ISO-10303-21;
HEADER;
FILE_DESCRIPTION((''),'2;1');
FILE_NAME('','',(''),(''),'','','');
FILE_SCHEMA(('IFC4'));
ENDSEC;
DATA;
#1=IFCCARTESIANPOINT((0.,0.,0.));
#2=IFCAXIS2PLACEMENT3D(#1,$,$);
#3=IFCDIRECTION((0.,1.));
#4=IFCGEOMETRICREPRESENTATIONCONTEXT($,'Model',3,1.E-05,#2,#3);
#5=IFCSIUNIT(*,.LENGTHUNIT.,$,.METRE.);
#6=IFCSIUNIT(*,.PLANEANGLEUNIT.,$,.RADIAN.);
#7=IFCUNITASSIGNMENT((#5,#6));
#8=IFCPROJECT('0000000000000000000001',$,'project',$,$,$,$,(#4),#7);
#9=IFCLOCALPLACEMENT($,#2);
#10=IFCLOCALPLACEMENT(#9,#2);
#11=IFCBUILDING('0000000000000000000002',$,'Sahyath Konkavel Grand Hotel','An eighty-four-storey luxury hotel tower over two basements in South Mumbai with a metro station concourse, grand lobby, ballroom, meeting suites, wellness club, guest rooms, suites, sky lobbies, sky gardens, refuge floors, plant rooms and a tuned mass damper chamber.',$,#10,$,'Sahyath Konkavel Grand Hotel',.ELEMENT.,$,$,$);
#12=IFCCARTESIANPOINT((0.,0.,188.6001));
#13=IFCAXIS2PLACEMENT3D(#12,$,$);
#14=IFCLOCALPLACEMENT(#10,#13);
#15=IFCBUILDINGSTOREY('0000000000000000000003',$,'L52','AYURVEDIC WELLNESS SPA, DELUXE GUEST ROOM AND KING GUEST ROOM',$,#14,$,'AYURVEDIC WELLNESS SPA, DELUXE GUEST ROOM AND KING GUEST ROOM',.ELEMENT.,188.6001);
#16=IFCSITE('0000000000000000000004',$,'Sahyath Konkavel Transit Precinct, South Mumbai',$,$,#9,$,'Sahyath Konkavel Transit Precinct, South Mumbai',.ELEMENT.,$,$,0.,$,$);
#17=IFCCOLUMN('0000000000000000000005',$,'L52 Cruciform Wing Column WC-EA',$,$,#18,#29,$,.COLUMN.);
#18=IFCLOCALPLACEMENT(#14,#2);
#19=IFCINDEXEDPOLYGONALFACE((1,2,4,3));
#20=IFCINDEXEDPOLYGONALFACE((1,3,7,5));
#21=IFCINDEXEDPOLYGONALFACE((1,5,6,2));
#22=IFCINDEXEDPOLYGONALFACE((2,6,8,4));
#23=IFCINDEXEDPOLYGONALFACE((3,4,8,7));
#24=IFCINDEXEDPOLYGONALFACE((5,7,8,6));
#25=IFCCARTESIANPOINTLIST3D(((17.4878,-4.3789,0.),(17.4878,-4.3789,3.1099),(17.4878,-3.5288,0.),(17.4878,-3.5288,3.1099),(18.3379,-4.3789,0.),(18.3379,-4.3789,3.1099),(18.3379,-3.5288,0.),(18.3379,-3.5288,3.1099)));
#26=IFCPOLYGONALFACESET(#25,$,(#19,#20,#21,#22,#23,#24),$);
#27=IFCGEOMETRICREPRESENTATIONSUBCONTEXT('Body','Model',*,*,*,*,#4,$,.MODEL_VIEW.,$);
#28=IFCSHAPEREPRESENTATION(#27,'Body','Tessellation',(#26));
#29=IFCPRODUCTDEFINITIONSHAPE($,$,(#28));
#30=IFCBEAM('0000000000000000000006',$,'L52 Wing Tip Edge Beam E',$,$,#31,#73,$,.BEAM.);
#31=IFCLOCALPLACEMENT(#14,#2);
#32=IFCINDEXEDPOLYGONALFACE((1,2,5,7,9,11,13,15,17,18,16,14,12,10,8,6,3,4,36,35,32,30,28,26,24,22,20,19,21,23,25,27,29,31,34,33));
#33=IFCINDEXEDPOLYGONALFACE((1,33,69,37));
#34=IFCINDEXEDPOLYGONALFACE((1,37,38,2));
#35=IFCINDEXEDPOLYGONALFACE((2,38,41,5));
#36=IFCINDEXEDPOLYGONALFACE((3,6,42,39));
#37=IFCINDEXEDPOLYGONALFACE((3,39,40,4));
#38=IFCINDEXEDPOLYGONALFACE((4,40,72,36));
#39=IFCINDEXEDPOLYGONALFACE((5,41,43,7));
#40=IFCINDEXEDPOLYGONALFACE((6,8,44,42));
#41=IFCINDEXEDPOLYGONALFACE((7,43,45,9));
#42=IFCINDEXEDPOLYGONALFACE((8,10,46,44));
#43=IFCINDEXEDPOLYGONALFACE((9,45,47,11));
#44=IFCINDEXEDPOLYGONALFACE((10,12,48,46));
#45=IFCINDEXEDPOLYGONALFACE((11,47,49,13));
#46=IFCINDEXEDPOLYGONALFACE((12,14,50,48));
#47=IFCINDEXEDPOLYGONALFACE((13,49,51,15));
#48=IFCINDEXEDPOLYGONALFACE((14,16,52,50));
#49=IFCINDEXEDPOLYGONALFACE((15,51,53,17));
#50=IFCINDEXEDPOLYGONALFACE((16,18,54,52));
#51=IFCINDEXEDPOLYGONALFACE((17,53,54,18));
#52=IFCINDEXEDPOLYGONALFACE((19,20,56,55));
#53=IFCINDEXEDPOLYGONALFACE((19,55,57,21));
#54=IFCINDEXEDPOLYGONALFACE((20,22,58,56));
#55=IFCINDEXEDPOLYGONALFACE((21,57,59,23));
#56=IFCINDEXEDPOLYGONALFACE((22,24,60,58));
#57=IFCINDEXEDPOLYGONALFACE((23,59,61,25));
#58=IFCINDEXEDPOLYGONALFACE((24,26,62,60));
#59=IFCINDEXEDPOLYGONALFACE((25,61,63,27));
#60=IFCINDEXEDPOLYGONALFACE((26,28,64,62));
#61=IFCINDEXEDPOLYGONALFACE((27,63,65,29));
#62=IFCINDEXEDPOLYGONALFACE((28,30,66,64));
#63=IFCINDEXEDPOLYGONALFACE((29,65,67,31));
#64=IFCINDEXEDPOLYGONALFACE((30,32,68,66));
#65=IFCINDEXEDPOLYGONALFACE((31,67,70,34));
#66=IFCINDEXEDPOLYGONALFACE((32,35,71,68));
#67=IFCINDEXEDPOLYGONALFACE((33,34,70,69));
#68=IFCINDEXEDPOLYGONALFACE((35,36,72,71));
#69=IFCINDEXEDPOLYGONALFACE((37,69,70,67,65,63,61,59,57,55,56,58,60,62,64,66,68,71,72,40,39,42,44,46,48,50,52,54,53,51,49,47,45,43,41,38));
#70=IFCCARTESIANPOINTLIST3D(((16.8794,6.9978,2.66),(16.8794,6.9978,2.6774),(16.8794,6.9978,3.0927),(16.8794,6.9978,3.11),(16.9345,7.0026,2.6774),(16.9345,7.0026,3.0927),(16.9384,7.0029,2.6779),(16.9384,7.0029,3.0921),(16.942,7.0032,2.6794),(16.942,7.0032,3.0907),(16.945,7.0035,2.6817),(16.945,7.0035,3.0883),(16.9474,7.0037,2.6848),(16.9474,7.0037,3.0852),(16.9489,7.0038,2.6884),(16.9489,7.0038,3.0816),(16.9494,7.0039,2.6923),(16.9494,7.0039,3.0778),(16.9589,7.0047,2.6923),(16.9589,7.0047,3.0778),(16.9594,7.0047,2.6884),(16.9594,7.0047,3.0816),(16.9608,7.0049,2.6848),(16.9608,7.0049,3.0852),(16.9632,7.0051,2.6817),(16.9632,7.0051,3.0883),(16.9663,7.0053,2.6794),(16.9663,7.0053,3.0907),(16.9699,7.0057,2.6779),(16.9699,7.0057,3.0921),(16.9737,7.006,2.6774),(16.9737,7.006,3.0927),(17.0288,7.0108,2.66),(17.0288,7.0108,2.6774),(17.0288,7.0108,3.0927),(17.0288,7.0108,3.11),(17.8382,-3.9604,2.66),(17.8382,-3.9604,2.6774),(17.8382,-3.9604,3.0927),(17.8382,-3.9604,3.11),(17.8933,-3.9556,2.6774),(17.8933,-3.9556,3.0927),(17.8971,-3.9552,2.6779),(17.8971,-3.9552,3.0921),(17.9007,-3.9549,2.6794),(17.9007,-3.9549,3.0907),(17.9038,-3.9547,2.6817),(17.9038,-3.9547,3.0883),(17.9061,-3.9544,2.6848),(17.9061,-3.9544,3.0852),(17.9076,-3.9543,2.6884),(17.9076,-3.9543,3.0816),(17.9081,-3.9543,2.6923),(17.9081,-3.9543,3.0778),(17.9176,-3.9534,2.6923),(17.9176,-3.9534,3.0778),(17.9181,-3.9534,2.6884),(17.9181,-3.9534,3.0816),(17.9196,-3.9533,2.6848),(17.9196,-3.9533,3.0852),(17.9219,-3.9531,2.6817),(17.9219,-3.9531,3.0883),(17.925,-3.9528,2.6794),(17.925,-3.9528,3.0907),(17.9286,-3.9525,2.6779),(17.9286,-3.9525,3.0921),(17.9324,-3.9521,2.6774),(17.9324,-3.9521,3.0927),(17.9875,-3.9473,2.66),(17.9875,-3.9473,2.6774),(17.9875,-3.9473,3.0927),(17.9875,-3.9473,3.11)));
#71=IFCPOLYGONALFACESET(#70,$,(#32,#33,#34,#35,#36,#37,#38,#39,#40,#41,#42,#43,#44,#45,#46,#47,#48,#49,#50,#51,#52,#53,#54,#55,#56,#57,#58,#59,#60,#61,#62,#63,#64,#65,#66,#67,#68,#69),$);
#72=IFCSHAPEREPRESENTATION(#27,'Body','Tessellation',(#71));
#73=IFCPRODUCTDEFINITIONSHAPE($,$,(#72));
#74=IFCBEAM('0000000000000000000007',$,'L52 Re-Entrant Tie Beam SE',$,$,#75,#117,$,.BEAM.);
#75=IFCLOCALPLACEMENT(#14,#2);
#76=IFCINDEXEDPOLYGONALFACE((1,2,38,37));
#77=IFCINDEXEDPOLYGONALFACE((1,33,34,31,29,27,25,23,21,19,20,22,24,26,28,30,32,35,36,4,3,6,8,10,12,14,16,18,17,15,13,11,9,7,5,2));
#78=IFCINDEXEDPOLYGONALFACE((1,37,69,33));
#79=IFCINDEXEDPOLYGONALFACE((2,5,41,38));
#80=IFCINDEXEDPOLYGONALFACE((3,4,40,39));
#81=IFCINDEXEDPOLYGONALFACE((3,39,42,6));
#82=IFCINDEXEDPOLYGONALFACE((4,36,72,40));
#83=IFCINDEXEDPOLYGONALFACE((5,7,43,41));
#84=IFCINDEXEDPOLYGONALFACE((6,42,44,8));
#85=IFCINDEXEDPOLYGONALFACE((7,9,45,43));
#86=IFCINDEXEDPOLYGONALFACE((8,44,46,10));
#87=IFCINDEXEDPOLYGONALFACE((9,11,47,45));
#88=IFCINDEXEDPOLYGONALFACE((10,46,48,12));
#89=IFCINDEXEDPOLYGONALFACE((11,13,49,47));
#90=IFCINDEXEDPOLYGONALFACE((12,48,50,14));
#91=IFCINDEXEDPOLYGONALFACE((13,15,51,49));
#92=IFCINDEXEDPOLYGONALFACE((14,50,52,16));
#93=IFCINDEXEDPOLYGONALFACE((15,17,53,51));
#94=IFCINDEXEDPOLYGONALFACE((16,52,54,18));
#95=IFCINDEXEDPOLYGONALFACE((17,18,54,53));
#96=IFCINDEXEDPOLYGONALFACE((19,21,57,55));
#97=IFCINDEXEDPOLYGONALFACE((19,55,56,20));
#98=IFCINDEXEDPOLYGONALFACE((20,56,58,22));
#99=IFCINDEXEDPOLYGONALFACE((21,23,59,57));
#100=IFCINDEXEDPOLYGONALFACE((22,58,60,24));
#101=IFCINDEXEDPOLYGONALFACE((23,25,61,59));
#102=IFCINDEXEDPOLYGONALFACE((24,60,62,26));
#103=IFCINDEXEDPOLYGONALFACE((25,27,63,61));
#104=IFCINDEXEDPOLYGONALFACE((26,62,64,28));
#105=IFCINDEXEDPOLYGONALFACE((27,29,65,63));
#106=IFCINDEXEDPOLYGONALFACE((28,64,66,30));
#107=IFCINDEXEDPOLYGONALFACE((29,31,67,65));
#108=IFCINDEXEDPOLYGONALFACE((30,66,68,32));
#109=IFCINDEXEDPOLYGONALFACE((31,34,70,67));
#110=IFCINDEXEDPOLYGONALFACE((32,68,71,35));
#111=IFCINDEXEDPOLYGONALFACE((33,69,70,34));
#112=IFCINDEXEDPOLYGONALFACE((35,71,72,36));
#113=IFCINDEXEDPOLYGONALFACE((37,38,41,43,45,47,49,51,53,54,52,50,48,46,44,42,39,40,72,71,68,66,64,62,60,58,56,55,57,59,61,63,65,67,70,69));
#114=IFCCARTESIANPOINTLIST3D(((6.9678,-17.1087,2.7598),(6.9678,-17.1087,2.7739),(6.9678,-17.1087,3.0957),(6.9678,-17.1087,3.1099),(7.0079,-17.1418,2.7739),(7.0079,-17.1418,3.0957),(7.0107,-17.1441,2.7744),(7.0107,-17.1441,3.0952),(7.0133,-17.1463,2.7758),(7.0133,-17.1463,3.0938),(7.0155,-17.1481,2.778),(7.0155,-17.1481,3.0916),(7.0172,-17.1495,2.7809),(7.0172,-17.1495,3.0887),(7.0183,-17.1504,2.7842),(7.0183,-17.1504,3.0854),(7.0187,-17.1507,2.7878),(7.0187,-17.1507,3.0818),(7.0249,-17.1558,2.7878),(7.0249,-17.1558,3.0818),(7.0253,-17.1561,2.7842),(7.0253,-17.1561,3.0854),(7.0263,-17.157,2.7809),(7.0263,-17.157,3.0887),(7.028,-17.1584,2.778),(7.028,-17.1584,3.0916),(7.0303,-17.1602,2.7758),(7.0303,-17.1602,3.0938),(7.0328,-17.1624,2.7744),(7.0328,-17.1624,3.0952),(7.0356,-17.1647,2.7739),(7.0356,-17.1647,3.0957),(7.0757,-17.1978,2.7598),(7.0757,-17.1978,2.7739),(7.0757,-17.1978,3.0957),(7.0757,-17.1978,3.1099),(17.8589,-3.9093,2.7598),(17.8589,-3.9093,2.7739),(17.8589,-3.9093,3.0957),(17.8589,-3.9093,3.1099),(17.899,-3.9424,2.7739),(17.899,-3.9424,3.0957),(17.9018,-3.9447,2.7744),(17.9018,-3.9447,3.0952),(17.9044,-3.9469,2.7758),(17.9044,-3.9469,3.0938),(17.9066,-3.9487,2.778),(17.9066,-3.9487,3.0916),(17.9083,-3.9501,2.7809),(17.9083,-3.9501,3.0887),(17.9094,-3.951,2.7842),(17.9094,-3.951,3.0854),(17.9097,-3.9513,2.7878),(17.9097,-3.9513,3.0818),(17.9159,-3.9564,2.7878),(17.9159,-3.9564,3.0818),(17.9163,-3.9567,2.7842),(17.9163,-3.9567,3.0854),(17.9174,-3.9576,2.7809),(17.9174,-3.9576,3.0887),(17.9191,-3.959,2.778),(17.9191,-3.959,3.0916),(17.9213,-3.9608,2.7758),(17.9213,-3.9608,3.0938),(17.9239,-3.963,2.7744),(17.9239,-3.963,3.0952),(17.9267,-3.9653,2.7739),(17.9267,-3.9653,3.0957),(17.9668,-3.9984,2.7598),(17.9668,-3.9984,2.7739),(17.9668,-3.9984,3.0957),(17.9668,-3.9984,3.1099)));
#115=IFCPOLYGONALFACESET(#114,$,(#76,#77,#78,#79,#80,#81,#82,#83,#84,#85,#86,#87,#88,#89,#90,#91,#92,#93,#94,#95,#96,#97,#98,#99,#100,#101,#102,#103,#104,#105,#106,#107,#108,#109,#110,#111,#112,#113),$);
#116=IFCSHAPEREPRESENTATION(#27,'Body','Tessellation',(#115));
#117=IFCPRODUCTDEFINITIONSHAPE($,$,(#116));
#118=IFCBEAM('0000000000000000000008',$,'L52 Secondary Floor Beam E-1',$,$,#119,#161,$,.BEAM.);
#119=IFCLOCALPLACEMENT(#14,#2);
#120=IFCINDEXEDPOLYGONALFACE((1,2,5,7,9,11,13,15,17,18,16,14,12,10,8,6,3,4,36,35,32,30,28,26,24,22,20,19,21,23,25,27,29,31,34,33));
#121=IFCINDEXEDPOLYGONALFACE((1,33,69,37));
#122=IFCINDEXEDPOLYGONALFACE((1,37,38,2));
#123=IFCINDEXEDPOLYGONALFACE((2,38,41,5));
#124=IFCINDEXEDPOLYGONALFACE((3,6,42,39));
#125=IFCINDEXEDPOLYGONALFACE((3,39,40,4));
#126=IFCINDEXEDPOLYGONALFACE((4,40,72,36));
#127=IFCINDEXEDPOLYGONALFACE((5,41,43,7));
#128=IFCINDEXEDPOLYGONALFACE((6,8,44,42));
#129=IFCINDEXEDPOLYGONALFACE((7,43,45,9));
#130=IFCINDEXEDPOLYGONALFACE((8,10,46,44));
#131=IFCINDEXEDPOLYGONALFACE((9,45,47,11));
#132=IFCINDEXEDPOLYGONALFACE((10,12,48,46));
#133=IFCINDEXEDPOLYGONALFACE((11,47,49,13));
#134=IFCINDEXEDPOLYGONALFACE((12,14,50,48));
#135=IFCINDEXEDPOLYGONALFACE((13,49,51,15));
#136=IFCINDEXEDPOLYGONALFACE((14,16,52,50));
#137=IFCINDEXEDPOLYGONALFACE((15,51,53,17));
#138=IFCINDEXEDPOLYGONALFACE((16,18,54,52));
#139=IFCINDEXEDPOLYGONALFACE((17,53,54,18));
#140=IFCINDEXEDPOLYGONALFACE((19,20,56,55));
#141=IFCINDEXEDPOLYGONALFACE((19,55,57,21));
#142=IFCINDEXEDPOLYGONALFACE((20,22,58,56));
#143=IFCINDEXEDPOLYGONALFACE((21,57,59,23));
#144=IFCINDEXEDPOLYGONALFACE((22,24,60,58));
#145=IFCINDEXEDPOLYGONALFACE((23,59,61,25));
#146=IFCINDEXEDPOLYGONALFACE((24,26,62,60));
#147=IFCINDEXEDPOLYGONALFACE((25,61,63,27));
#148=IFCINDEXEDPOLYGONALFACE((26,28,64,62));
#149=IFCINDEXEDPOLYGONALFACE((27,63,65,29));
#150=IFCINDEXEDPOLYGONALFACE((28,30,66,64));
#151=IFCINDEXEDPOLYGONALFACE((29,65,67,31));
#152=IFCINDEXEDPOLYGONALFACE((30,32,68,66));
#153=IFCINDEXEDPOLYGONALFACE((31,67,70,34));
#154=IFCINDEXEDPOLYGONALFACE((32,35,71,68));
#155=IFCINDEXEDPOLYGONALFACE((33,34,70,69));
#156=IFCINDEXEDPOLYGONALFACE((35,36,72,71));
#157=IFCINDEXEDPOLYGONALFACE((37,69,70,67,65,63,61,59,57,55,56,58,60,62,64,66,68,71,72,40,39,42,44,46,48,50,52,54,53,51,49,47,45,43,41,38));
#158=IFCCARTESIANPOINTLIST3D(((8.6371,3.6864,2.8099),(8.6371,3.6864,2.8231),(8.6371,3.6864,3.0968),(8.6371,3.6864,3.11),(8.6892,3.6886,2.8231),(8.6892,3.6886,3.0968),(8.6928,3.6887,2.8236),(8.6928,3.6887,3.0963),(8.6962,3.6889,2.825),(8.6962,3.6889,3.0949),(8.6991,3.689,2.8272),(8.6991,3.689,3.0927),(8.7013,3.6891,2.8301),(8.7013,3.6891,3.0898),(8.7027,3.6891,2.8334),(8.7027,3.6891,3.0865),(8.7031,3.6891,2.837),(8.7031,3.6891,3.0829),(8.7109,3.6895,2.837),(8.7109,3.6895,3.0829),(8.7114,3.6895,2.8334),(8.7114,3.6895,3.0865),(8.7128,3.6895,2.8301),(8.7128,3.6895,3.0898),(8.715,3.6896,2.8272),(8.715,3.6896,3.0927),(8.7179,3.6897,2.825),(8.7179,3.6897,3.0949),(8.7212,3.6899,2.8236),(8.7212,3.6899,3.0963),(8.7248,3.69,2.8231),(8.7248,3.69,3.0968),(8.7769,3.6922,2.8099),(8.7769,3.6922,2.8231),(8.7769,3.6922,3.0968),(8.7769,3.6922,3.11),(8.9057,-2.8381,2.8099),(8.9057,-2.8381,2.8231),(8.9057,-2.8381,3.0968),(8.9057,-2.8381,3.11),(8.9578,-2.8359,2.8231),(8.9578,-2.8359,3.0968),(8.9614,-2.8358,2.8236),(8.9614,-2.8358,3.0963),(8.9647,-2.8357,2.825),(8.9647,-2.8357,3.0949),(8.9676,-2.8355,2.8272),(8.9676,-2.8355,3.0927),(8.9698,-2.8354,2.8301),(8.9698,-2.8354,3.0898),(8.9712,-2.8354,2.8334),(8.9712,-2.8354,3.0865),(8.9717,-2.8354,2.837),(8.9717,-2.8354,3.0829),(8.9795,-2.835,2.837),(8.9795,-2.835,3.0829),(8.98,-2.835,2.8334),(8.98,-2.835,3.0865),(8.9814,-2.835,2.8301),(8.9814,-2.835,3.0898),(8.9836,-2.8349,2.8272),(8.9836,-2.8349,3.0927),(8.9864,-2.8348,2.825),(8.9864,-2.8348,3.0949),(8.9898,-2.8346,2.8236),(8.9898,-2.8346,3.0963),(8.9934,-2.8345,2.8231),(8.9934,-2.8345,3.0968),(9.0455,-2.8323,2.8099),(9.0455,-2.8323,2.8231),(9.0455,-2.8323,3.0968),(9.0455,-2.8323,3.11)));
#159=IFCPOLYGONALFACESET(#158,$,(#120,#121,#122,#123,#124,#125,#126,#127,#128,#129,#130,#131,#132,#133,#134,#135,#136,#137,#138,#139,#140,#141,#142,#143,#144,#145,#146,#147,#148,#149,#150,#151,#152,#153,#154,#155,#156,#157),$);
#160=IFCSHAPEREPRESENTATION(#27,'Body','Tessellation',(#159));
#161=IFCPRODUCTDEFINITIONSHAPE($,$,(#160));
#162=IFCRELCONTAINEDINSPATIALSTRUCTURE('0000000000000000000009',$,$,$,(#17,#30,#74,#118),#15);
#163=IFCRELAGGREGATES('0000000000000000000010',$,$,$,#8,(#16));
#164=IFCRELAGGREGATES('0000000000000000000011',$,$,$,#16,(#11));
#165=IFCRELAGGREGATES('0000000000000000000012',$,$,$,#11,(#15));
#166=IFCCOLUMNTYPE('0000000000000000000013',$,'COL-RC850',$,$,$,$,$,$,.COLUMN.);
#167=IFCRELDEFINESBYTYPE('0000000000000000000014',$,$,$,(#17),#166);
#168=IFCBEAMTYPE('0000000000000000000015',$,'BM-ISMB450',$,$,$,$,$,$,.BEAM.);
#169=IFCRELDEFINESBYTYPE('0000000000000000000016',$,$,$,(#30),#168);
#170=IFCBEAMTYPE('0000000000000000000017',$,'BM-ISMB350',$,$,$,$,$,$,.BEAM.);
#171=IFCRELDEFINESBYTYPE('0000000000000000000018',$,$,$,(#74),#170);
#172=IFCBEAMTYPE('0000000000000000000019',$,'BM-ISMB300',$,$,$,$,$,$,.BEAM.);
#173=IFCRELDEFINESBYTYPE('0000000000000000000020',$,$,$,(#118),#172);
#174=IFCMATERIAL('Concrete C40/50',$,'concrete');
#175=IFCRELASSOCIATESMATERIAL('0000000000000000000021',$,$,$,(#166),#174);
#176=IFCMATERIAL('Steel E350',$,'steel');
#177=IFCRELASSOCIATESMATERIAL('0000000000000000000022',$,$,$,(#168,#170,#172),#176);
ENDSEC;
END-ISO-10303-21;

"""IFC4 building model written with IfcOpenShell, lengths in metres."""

from ifc_helpers import new_model, si_unit, direction, frame, origin, origin_2d, place, context, subcontext, project, spatial, rectangle, i_section, extrude, source, transform, mapped, material, material_profile, profile_set, type_object, element, save


model = new_model("IFC4")

# Units and contexts
model_context = context("Model", 3, precision=1e-05, world=origin(), true_north=direction((0.0, 1.0)))
body_context = subcontext(model_context, "Body", "Model", "MODEL_VIEW")
ifc_project = project(units=[si_unit("LENGTHUNIT", "METRE"), si_unit("PLANEANGLEUNIT", "RADIAN")], contexts=[model_context])

# Site, building, storey
site_placement = place(None, origin())
site = spatial("IfcSite", under=ifc_project, at=site_placement, Name="Sahyath Konkavel Transit Precinct, South Mumbai", LongName="Sahyath Konkavel Transit Precinct, South Mumbai", CompositionType="ELEMENT", RefElevation=0.0)
building_placement = place(site_placement, origin())
building = spatial("IfcBuilding", under=site, at=building_placement, Name="Sahyath Konkavel Grand Hotel", Description="An eighty-four-storey luxury hotel tower over two basements in South Mumbai with a metro station concourse, grand lobby, ballroom, meeting suites, wellness club, guest rooms, suites, sky lobbies, sky gardens, refuge floors, plant rooms and a tuned mass damper chamber.", LongName="Sahyath Konkavel Grand Hotel", CompositionType="ELEMENT")
storey_placement = place(building_placement, frame((0.0, 0.0, 188.6001)))
storey = spatial("IfcBuildingStorey", under=building, at=storey_placement, Name="L52", Description="AYURVEDIC WELLNESS SPA, DELUXE GUEST ROOM AND KING GUEST ROOM", LongName="AYURVEDIC WELLNESS SPA, DELUXE GUEST ROOM AND KING GUEST ROOM", CompositionType="ELEMENT", Elevation=188.6001)

# Column
ifc_material_1 = material(Name="Concrete C40/50", Category="concrete")
ifc_material_profile_1 = material_profile(ifc_material_1, rectangle(XDim=0.8501, YDim=0.8501, at=origin_2d()), Name="RC 850x850")
ifc_profile_set_1 = profile_set([ifc_material_profile_1], Name="Concrete C40/50")
column_type = type_object("IfcColumnType", Name="COL-RC850", PredefinedType="COLUMN", material=ifc_profile_set_1)
shared_shape_1 = source(origin(), body_context, "Body", "SweptSolid", [
    extrude(rectangle(XDim=0.8501, YDim=0.8501, at=origin_2d()), origin(), (0.0, 0.0, 1.0), 3.1099),
])
column_placement = place(storey_placement, frame((17.9128, -3.9539, 0.0), z_axis=(0.0, 0.0, 1.0), x_axis=(1.0, 0.0, 0.0)))
element("IfcColumn", 1, at=column_placement, inside=storey, type_object=column_type, Name="L52 Cruciform Wing Column WC-EA", PredefinedType="COLUMN", context=body_context, shape_type="MappedRepresentation", body=[
    mapped(shared_shape_1, transform((0.0, 0.0, 0.0), scale=1.0)),
])

# Beams
ifc_material_2 = material(Name="Steel E350", Category="steel")
ifc_material_profile_2 = material_profile(ifc_material_2, i_section(OverallWidth=0.1499, OverallDepth=0.45, WebThickness=0.0095, FlangeThickness=0.0173, FilletRadius=0.0149, at=origin_2d()), Name="ISMB 450")
ifc_profile_set_2 = profile_set([ifc_material_profile_2], Name="Steel E350")
beam_type_1 = type_object("IfcBeamType", Name="BM-ISMB450", PredefinedType="BEAM", material=ifc_profile_set_2)
shared_shape_2 = source(origin(), body_context, "Body", "SweptSolid", [
    extrude(i_section(OverallWidth=0.1499, OverallDepth=0.45, WebThickness=0.0095, FlangeThickness=0.0173, FilletRadius=0.0149, at=origin_2d()), origin(), (0.0, 0.0, 1.0), 11.0),
])
beam_1_placement = place(storey_placement, frame((17.9128, -3.9539, 2.885), z_axis=(-0.087157, 0.996195, 0.0), x_axis=(-0.996195, -0.087157, 0.0)))
element("IfcBeam", 2, at=beam_1_placement, inside=storey, type_object=beam_type_1, Name="L52 Wing Tip Edge Beam E", PredefinedType="BEAM", context=body_context, shape_type="MappedRepresentation", body=[
    mapped(shared_shape_2, transform((0.0, 0.0, 0.0), scale=1.0)),
])
ifc_material_profile_3 = material_profile(ifc_material_2, i_section(OverallWidth=0.1399, OverallDepth=0.3501, WebThickness=0.0081, FlangeThickness=0.0142, FilletRadius=0.0139, at=origin_2d()), Name="ISMB 350")
ifc_profile_set_3 = profile_set([ifc_material_profile_3], Name="Steel E350")
beam_type_2 = type_object("IfcBeamType", Name="BM-ISMB350", PredefinedType="BEAM", material=ifc_profile_set_3)
shared_shape_3 = source(origin(), body_context, "Body", "SweptSolid", [
    extrude(i_section(OverallWidth=0.1399, OverallDepth=0.3501, WebThickness=0.0081, FlangeThickness=0.0142, FilletRadius=0.0139, at=origin_2d()), origin(), (0.0, 0.0, 1.0), 17.1125),
])
beam_2_placement = place(storey_placement, frame((17.9128, -3.9539, 2.9348), z_axis=(-0.636437, -0.771329, 0.0), x_axis=(0.771329, -0.636437, 0.0)))
element("IfcBeam", 3, at=beam_2_placement, inside=storey, type_object=beam_type_2, Name="L52 Re-Entrant Tie Beam SE", PredefinedType="BEAM", context=body_context, shape_type="MappedRepresentation", body=[
    mapped(shared_shape_3, transform((0.0, 0.0, 0.0), scale=1.0)),
])
ifc_material_profile_4 = material_profile(ifc_material_2, i_section(OverallWidth=0.1399, OverallDepth=0.3, WebThickness=0.0078, FlangeThickness=0.0132, FilletRadius=0.0139, at=origin_2d()), Name="ISMB 300")
ifc_profile_set_4 = profile_set([ifc_material_profile_4], Name="Steel E350")
beam_type_3 = type_object("IfcBeamType", Name="BM-ISMB300", PredefinedType="BEAM", material=ifc_profile_set_4)
shared_shape_4 = source(origin(), body_context, "Body", "SweptSolid", [
    extrude(i_section(OverallWidth=0.1399, OverallDepth=0.3, WebThickness=0.0078, FlangeThickness=0.0132, FilletRadius=0.0139, at=origin_2d()), origin(), (0.0, 0.0, 1.0), 6.53),
])
beam_3_placement = place(storey_placement, frame((8.9756, -2.8352, 2.96), z_axis=(-0.041127, 0.999154, 0.0), x_axis=(-0.999154, -0.041127, 0.0)))
element("IfcBeam", 4, at=beam_3_placement, inside=storey, type_object=beam_type_3, Name="L52 Secondary Floor Beam E-1", PredefinedType="BEAM", context=body_context, shape_type="MappedRepresentation", body=[
    mapped(shared_shape_4, transform((0.0, 0.0, 0.0), scale=1.0)),
])

save(model, "model.ifc")
